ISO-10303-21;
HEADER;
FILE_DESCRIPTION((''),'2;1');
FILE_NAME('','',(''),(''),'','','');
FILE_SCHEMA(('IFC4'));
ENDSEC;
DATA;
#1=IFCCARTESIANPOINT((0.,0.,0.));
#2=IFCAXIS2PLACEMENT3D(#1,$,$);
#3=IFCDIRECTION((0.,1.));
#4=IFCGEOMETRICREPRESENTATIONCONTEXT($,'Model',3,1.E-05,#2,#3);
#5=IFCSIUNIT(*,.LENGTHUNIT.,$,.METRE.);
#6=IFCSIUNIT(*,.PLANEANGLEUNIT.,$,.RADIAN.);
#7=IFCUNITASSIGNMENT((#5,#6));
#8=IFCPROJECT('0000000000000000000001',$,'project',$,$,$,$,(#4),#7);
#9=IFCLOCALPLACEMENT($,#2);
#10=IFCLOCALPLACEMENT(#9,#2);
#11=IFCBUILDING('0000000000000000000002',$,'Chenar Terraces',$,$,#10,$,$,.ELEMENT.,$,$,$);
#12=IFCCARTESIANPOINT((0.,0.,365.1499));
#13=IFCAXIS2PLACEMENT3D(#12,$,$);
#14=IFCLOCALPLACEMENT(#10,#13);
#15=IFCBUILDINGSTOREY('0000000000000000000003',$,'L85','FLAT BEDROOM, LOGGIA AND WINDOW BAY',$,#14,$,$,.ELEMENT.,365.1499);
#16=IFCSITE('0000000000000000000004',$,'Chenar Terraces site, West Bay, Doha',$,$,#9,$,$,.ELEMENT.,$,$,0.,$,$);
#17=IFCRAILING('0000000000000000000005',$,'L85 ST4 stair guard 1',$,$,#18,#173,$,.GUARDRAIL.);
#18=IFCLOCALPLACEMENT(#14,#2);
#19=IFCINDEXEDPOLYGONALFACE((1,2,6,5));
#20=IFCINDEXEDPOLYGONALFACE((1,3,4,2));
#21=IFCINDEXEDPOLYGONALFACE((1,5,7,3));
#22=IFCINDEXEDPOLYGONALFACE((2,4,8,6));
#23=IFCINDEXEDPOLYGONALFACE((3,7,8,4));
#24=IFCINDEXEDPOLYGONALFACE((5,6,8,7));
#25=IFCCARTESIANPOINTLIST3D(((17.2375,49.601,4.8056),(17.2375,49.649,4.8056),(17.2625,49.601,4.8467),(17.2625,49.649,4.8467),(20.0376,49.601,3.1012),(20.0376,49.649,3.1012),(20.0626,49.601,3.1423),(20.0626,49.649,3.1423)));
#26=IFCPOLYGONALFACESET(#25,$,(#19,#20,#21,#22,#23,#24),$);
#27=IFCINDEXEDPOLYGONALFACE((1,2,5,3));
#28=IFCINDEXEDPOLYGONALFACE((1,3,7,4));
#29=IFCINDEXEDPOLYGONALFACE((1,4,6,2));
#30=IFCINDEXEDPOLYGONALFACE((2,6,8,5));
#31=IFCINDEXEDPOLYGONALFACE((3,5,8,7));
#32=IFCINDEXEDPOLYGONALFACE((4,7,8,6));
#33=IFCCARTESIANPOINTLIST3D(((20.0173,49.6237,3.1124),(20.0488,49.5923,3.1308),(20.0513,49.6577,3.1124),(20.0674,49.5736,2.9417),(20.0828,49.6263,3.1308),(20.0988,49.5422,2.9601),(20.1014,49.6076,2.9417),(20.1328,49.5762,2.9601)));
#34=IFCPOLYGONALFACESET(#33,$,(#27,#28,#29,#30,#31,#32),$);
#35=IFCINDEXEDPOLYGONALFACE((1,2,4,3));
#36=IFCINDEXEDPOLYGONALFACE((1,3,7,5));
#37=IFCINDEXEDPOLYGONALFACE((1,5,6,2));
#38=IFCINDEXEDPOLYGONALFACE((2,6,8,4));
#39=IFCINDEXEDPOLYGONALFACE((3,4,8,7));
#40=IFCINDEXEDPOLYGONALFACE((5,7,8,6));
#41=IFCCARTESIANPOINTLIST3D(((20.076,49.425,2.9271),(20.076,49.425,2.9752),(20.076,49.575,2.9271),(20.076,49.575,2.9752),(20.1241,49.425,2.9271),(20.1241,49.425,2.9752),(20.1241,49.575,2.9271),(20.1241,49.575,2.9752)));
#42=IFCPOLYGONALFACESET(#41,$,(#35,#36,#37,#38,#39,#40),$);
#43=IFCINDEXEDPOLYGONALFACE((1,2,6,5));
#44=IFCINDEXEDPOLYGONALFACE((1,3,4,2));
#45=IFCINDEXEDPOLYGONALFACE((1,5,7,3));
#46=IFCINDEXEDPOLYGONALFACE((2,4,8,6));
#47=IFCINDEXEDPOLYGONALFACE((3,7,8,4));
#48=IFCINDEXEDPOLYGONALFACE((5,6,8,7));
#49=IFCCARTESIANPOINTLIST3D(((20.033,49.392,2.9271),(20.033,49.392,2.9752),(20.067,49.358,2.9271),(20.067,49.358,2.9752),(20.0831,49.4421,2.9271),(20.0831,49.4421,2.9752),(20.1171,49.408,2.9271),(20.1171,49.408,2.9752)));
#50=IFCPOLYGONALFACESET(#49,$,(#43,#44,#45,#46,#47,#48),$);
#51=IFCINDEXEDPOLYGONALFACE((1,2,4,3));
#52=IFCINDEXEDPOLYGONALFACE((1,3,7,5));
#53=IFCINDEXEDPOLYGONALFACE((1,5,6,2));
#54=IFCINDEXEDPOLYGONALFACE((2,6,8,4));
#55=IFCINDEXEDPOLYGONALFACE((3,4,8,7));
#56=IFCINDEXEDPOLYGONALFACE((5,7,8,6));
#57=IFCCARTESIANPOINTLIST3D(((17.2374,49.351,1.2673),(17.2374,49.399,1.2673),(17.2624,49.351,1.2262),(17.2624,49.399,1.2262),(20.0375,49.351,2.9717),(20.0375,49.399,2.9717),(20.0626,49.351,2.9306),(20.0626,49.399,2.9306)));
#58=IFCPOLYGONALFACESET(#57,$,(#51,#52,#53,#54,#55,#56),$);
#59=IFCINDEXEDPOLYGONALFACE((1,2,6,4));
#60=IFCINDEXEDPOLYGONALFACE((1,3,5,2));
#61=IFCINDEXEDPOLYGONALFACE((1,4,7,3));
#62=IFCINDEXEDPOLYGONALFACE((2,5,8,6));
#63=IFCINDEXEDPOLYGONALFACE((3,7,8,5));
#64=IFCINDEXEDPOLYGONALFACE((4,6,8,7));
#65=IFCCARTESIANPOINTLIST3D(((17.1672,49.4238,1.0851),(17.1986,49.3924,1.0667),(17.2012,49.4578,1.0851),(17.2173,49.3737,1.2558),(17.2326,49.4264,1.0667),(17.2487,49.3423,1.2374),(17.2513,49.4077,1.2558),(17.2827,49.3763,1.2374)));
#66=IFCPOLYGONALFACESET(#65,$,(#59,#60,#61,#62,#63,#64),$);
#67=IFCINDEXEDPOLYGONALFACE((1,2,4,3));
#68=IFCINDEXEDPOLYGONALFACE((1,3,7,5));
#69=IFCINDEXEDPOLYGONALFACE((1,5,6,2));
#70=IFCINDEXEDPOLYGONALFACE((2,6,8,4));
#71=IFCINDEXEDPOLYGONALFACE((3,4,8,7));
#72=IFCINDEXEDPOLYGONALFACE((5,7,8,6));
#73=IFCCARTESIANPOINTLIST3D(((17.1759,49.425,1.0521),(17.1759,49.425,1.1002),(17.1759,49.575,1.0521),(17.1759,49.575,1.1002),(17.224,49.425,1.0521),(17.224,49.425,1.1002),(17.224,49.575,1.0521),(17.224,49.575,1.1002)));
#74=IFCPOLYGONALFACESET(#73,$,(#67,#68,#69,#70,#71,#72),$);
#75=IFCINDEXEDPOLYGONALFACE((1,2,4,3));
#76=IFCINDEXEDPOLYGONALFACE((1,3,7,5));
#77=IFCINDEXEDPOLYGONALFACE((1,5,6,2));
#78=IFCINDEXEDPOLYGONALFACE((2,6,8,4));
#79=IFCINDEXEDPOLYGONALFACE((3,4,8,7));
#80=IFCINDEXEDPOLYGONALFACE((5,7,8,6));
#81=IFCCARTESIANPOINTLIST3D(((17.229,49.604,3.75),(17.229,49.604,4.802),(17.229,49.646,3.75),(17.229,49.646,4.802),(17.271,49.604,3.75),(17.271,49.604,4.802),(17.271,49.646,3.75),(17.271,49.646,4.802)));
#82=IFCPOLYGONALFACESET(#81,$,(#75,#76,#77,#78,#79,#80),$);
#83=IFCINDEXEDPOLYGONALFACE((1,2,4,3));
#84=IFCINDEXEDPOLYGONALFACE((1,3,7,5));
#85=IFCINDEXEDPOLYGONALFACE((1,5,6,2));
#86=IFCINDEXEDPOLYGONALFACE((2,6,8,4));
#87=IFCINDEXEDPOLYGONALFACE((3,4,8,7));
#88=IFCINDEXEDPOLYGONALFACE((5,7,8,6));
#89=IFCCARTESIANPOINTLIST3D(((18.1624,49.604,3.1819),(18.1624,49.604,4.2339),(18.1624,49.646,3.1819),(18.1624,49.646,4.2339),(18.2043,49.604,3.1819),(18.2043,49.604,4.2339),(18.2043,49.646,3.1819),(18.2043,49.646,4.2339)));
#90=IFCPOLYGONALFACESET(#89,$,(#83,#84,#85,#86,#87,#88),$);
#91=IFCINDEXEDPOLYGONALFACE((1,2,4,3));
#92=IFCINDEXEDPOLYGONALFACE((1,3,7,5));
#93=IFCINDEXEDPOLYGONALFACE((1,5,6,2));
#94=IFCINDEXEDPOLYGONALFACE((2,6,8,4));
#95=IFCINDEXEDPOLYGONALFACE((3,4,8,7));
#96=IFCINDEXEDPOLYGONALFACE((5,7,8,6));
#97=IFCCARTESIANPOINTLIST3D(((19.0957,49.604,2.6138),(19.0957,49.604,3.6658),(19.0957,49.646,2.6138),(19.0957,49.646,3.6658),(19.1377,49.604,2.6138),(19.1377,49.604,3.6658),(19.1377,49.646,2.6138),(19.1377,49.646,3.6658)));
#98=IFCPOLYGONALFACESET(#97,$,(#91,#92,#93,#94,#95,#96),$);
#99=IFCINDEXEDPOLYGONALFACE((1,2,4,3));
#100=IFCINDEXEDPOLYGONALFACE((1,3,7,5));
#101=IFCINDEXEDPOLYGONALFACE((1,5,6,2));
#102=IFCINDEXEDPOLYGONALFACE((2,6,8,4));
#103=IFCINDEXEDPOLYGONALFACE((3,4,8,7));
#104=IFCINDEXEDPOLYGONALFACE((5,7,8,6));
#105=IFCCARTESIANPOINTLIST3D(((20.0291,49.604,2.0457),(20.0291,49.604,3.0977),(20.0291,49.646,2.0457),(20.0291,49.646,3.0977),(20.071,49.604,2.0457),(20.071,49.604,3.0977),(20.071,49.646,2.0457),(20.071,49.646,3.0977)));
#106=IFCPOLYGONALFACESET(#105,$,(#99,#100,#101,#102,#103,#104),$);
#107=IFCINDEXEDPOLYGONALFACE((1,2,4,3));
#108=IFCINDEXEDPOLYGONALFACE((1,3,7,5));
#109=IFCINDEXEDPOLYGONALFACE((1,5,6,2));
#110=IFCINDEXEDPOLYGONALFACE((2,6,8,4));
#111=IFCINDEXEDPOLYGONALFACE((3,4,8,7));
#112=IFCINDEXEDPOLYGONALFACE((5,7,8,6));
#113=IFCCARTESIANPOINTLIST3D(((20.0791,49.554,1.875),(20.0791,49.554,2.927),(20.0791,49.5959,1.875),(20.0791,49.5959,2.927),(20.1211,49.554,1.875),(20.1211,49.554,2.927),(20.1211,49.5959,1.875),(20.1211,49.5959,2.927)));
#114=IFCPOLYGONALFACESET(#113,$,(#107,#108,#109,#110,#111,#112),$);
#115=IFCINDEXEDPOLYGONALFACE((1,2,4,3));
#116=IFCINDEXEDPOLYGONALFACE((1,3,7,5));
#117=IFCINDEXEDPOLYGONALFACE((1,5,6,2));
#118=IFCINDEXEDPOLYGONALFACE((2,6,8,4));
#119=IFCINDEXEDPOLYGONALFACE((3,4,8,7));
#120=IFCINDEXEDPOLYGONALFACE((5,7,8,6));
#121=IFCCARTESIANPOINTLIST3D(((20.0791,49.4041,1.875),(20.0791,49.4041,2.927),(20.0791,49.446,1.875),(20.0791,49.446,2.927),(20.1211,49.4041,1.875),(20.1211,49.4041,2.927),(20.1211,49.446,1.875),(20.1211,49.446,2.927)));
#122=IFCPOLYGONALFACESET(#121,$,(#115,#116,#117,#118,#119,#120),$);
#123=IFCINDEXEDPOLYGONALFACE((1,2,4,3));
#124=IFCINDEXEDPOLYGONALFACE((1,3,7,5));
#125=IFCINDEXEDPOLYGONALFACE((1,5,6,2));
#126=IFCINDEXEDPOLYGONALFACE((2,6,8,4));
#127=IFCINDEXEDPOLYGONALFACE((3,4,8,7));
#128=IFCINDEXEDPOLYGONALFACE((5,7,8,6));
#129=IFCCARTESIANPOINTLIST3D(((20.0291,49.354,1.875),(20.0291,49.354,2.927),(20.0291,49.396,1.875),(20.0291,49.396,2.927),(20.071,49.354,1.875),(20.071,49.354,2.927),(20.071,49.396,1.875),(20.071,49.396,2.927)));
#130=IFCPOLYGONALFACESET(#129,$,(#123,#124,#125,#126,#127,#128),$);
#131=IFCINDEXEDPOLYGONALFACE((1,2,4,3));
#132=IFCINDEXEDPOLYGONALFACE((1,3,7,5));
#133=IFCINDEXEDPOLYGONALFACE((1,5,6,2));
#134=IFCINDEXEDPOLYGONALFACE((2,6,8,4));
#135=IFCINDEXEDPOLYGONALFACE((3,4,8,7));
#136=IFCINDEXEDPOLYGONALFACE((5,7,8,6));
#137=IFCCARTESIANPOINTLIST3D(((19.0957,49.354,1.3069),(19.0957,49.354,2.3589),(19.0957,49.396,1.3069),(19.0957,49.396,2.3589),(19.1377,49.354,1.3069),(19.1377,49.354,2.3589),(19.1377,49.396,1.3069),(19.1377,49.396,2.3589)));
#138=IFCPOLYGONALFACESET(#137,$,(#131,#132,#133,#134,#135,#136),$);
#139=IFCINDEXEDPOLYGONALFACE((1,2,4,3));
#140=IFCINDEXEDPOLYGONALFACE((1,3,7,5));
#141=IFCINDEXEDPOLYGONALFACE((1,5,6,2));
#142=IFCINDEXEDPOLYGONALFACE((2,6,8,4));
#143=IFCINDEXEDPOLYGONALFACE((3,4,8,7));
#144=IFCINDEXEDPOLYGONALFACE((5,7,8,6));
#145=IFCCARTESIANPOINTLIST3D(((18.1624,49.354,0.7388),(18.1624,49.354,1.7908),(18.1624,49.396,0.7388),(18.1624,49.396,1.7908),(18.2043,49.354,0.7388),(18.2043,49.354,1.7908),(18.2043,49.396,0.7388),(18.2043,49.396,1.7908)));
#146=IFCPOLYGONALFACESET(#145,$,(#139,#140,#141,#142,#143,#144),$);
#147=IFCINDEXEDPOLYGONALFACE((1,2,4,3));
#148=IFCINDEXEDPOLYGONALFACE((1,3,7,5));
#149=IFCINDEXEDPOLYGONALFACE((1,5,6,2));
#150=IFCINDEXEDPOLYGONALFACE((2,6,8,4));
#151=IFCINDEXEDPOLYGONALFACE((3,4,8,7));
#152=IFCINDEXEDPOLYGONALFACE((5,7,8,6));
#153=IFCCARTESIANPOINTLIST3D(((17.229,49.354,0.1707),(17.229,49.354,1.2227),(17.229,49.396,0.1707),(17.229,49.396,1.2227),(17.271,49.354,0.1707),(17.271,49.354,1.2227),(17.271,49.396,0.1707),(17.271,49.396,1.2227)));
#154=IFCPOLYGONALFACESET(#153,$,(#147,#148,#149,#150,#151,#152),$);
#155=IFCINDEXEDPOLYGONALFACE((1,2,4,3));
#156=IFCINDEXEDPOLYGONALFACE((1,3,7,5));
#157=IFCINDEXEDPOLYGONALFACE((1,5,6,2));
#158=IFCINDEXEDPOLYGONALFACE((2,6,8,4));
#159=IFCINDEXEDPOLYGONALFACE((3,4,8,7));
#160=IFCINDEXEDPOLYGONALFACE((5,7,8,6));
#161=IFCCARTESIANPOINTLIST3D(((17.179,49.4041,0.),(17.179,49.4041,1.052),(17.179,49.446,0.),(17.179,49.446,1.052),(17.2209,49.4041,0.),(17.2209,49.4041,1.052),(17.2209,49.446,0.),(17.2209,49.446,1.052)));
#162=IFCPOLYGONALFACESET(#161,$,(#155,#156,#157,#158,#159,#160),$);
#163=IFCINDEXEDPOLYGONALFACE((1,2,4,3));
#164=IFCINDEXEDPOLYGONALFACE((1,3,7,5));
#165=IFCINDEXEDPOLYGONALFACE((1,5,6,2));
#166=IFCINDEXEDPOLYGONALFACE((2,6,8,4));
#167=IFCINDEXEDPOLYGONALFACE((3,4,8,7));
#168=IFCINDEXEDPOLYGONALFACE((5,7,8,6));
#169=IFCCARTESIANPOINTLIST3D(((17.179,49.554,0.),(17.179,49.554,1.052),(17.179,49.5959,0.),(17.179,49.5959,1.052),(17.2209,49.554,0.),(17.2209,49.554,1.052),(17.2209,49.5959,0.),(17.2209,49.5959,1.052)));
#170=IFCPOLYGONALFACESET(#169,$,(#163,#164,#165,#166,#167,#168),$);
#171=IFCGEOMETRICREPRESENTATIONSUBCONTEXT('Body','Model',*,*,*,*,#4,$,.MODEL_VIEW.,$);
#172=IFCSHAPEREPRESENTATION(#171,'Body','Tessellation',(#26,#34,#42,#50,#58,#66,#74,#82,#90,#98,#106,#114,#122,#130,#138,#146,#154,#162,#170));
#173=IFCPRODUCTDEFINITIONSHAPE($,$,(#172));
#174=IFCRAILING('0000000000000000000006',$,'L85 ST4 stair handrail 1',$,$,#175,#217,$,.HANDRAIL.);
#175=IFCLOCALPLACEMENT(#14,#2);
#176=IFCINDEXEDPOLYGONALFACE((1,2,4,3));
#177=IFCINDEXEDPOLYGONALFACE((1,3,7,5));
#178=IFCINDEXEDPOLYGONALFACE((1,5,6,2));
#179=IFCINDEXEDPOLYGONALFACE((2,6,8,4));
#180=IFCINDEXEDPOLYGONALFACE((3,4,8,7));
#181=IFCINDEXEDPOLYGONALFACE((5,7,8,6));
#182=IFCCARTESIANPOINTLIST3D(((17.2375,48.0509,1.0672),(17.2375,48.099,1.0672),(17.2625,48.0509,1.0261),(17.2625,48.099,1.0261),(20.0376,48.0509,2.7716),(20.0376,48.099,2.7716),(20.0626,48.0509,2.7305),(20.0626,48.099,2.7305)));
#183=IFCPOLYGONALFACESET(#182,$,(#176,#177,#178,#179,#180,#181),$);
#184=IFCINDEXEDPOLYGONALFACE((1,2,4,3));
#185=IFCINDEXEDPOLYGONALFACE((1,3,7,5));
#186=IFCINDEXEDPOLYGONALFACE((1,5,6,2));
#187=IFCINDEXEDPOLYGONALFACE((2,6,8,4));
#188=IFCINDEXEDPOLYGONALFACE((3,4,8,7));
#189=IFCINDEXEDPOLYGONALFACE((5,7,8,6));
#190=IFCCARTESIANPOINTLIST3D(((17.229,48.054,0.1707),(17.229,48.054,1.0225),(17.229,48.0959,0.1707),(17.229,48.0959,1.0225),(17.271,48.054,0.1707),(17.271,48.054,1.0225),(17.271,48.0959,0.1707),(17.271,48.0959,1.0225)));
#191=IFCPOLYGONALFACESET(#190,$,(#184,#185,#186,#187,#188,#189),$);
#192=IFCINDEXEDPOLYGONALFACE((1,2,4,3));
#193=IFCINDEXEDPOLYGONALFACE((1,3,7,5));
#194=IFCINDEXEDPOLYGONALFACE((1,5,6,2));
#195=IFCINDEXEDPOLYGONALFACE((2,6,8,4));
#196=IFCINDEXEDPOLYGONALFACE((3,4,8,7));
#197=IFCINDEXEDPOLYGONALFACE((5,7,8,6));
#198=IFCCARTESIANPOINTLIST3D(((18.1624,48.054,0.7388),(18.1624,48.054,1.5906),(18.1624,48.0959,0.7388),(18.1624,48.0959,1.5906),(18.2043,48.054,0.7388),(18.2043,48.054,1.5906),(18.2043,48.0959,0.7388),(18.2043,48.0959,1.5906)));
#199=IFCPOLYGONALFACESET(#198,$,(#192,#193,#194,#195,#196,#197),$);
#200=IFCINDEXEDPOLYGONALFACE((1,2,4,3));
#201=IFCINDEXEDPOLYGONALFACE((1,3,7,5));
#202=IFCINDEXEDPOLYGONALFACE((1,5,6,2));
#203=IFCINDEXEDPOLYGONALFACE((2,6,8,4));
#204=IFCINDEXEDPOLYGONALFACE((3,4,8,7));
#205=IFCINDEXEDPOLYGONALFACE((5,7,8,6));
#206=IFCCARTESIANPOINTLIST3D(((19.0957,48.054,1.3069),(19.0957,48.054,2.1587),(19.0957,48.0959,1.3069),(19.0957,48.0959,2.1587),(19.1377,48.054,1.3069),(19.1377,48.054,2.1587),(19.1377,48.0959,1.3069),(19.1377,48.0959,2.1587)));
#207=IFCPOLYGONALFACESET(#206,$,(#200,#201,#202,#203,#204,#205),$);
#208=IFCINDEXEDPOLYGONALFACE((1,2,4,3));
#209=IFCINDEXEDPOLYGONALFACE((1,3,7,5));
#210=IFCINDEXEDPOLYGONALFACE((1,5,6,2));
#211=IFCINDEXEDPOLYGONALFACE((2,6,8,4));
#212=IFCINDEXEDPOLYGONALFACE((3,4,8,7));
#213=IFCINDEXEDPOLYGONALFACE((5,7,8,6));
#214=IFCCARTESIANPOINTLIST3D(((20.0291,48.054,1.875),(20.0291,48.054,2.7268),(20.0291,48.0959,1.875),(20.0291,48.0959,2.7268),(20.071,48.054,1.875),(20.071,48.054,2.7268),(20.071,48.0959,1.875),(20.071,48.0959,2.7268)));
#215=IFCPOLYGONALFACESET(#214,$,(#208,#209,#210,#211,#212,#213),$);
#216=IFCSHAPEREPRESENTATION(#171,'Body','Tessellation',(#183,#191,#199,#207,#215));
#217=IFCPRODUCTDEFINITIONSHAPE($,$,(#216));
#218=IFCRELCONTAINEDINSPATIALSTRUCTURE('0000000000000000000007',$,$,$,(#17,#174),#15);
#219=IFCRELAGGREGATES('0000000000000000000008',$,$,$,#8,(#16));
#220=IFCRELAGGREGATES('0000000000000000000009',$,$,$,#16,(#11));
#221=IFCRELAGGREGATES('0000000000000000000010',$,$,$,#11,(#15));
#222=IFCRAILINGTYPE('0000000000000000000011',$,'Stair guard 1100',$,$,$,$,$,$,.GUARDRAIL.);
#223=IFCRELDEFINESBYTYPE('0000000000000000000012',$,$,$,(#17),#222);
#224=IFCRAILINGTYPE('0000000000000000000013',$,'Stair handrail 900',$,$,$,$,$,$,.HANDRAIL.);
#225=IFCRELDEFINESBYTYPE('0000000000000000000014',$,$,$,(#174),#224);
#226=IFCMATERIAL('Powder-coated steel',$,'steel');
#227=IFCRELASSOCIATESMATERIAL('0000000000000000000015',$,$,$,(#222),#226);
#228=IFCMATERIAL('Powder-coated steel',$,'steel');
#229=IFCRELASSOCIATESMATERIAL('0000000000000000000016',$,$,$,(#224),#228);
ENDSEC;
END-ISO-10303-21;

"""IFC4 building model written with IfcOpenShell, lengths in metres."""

from ifc_helpers import new_model, si_unit, direction, frame, origin, origin_2d, place, context, subcontext, project, spatial, rectangle, extrude, material, type_object, element, save


model = new_model("IFC4")

# Units and contexts
model_context = context("Model", 3, precision=1e-05, world=origin(), true_north=direction((0.0, 1.0)))
body_context = subcontext(model_context, "Body", "Model", "MODEL_VIEW")
ifc_project = project(units=[si_unit("LENGTHUNIT", "METRE"), si_unit("PLANEANGLEUNIT", "RADIAN")], contexts=[model_context])

# Site, building, storey
site_placement = place(None, origin())
site = spatial("IfcSite", under=ifc_project, at=site_placement, Name="Chenar Terraces site, West Bay, Doha", CompositionType="ELEMENT", RefElevation=0.0)
building_placement = place(site_placement, origin())
building = spatial("IfcBuilding", under=site, at=building_placement, Name="Chenar Terraces", CompositionType="ELEMENT")
storey_placement = place(building_placement, frame((0.0, 0.0, 365.1499)))
storey = spatial("IfcBuildingStorey", under=building, at=storey_placement, Name="L85", Description="FLAT BEDROOM, LOGGIA AND WINDOW BAY", CompositionType="ELEMENT", Elevation=365.1499)

# Railings
ifc_material_1 = material(Name="Powder-coated steel", Category="steel")
railing_type_1 = type_object("IfcRailingType", Name="Stair guard 1100", PredefinedType="GUARDRAIL", material=ifc_material_1)
railing_1_placement = place(storey_placement, frame((17.25, 49.625, 3.75)))
element("IfcRailing", 1, at=railing_1_placement, inside=storey, type_object=railing_type_1, Name="L85 ST4 stair guard 1", PredefinedType="GUARDRAIL", context=body_context, shape_type="SweptSolid", body=[
    extrude(rectangle(XDim=0.0481, YDim=0.0481, at=origin_2d()), frame((0.0, 0.0, 1.0762), z_axis=(0.854203, 0.0, -0.51994), x_axis=(0.0, 1.0, 0.0)), (0.0, 0.0, 1.0), 3.2781),
    extrude(rectangle(XDim=0.0481, YDim=0.0481, at=origin_2d()), frame((2.8, 0.0, -0.6284), z_axis=(0.2709, -0.2709, -0.923703), x_axis=(0.707107, 0.707107, 0.0)), (0.0, 0.0, 1.0), 0.1848),
    extrude(rectangle(XDim=0.0481, YDim=0.0481, at=origin_2d()), frame((2.8501, -0.05, -0.7988), z_axis=(0.0, -1.0, 0.0), x_axis=(1.0, 0.0, 0.0)), (0.0, 0.0, 1.0), 0.1499),
    extrude(rectangle(XDim=0.0481, YDim=0.0481, at=origin_2d()), frame((2.8501, -0.2, -0.7988), z_axis=(-0.707107, -0.707107, 0.0), x_axis=(0.707107, -0.707107, 0.0)), (0.0, 0.0, 1.0), 0.0708),
    extrude(rectangle(XDim=0.0481, YDim=0.0481, at=origin_2d()), frame((2.8, -0.25, -0.7988), z_axis=(-0.854203, 0.0, -0.51994), x_axis=(0.0, -1.0, 0.0)), (0.0, 0.0, 1.0), 3.2781),
    extrude(rectangle(XDim=0.0481, YDim=0.0481, at=origin_2d()), frame((0.0, -0.25, -2.5034), z_axis=(-0.2709, 0.2709, -0.923703), x_axis=(-0.707107, -0.707107, 0.0)), (0.0, 0.0, 1.0), 0.1848),
    extrude(rectangle(XDim=0.0481, YDim=0.0481, at=origin_2d()), frame((-0.05, -0.2, -2.6738), z_axis=(0.0, 1.0, 0.0), x_axis=(-1.0, 0.0, 0.0)), (0.0, 0.0, 1.0), 0.1499),
    extrude(rectangle(XDim=0.042, YDim=0.042, at=origin_2d()), origin(), (0.0, 0.0, 1.0), 1.052),
    extrude(rectangle(XDim=0.042, YDim=0.042, at=origin_2d()), frame((0.9333, 0.0, -0.5681)), (0.0, 0.0, 1.0), 1.052),
    extrude(rectangle(XDim=0.042, YDim=0.042, at=origin_2d()), frame((1.8667, 0.0, -1.1362)), (0.0, 0.0, 1.0), 1.052),
    extrude(rectangle(XDim=0.042, YDim=0.042, at=origin_2d()), frame((2.8, 0.0, -1.7043)), (0.0, 0.0, 1.0), 1.052),
    extrude(rectangle(XDim=0.042, YDim=0.042, at=origin_2d()), frame((2.8501, -0.05, -1.875)), (0.0, 0.0, 1.0), 1.052),
    extrude(rectangle(XDim=0.042, YDim=0.042, at=origin_2d()), frame((2.8501, -0.2, -1.875)), (0.0, 0.0, 1.0), 1.052),
    extrude(rectangle(XDim=0.042, YDim=0.042, at=origin_2d()), frame((2.8, -0.25, -1.875)), (0.0, 0.0, 1.0), 1.052),
    extrude(rectangle(XDim=0.042, YDim=0.042, at=origin_2d()), frame((1.8667, -0.25, -2.4431)), (0.0, 0.0, 1.0), 1.052),
    extrude(rectangle(XDim=0.042, YDim=0.042, at=origin_2d()), frame((0.9333, -0.25, -3.0112)), (0.0, 0.0, 1.0), 1.052),
    extrude(rectangle(XDim=0.042, YDim=0.042, at=origin_2d()), frame((0.0, -0.25, -3.5793)), (0.0, 0.0, 1.0), 1.052),
    extrude(rectangle(XDim=0.042, YDim=0.042, at=origin_2d()), frame((-0.05, -0.2, -3.75)), (0.0, 0.0, 1.0), 1.052),
    extrude(rectangle(XDim=0.042, YDim=0.042, at=origin_2d()), frame((-0.05, -0.05, -3.75)), (0.0, 0.0, 1.0), 1.052),
])
ifc_material_2 = material(Name="Powder-coated steel", Category="steel")
railing_type_2 = type_object("IfcRailingType", Name="Stair handrail 900", PredefinedType="HANDRAIL", material=ifc_material_2)
railing_2_placement = place(storey_placement, frame((17.25, 48.075, 0.1707)))
element("IfcRailing", 2, at=railing_2_placement, inside=storey, type_object=railing_type_2, Name="L85 ST4 stair handrail 1", PredefinedType="HANDRAIL", context=body_context, shape_type="SweptSolid", body=[
    extrude(rectangle(XDim=0.0481, YDim=0.0481, at=origin_2d()), frame((0.0, 0.0, 0.876), z_axis=(0.854203, 0.0, 0.51994), x_axis=(0.0, 1.0, 0.0)), (0.0, 0.0, 1.0), 3.2781),
    extrude(rectangle(XDim=0.042, YDim=0.042, at=origin_2d()), origin(), (0.0, 0.0, 1.0), 0.8518),
    extrude(rectangle(XDim=0.042, YDim=0.042, at=origin_2d()), frame((0.9333, 0.0, 0.5681)), (0.0, 0.0, 1.0), 0.8518),
    extrude(rectangle(XDim=0.042, YDim=0.042, at=origin_2d()), frame((1.8667, 0.0, 1.1362)), (0.0, 0.0, 1.0), 0.8518),
    extrude(rectangle(XDim=0.042, YDim=0.042, at=origin_2d()), frame((2.8, 0.0, 1.7043)), (0.0, 0.0, 1.0), 0.8518),
])

save(model, "model.ifc")
